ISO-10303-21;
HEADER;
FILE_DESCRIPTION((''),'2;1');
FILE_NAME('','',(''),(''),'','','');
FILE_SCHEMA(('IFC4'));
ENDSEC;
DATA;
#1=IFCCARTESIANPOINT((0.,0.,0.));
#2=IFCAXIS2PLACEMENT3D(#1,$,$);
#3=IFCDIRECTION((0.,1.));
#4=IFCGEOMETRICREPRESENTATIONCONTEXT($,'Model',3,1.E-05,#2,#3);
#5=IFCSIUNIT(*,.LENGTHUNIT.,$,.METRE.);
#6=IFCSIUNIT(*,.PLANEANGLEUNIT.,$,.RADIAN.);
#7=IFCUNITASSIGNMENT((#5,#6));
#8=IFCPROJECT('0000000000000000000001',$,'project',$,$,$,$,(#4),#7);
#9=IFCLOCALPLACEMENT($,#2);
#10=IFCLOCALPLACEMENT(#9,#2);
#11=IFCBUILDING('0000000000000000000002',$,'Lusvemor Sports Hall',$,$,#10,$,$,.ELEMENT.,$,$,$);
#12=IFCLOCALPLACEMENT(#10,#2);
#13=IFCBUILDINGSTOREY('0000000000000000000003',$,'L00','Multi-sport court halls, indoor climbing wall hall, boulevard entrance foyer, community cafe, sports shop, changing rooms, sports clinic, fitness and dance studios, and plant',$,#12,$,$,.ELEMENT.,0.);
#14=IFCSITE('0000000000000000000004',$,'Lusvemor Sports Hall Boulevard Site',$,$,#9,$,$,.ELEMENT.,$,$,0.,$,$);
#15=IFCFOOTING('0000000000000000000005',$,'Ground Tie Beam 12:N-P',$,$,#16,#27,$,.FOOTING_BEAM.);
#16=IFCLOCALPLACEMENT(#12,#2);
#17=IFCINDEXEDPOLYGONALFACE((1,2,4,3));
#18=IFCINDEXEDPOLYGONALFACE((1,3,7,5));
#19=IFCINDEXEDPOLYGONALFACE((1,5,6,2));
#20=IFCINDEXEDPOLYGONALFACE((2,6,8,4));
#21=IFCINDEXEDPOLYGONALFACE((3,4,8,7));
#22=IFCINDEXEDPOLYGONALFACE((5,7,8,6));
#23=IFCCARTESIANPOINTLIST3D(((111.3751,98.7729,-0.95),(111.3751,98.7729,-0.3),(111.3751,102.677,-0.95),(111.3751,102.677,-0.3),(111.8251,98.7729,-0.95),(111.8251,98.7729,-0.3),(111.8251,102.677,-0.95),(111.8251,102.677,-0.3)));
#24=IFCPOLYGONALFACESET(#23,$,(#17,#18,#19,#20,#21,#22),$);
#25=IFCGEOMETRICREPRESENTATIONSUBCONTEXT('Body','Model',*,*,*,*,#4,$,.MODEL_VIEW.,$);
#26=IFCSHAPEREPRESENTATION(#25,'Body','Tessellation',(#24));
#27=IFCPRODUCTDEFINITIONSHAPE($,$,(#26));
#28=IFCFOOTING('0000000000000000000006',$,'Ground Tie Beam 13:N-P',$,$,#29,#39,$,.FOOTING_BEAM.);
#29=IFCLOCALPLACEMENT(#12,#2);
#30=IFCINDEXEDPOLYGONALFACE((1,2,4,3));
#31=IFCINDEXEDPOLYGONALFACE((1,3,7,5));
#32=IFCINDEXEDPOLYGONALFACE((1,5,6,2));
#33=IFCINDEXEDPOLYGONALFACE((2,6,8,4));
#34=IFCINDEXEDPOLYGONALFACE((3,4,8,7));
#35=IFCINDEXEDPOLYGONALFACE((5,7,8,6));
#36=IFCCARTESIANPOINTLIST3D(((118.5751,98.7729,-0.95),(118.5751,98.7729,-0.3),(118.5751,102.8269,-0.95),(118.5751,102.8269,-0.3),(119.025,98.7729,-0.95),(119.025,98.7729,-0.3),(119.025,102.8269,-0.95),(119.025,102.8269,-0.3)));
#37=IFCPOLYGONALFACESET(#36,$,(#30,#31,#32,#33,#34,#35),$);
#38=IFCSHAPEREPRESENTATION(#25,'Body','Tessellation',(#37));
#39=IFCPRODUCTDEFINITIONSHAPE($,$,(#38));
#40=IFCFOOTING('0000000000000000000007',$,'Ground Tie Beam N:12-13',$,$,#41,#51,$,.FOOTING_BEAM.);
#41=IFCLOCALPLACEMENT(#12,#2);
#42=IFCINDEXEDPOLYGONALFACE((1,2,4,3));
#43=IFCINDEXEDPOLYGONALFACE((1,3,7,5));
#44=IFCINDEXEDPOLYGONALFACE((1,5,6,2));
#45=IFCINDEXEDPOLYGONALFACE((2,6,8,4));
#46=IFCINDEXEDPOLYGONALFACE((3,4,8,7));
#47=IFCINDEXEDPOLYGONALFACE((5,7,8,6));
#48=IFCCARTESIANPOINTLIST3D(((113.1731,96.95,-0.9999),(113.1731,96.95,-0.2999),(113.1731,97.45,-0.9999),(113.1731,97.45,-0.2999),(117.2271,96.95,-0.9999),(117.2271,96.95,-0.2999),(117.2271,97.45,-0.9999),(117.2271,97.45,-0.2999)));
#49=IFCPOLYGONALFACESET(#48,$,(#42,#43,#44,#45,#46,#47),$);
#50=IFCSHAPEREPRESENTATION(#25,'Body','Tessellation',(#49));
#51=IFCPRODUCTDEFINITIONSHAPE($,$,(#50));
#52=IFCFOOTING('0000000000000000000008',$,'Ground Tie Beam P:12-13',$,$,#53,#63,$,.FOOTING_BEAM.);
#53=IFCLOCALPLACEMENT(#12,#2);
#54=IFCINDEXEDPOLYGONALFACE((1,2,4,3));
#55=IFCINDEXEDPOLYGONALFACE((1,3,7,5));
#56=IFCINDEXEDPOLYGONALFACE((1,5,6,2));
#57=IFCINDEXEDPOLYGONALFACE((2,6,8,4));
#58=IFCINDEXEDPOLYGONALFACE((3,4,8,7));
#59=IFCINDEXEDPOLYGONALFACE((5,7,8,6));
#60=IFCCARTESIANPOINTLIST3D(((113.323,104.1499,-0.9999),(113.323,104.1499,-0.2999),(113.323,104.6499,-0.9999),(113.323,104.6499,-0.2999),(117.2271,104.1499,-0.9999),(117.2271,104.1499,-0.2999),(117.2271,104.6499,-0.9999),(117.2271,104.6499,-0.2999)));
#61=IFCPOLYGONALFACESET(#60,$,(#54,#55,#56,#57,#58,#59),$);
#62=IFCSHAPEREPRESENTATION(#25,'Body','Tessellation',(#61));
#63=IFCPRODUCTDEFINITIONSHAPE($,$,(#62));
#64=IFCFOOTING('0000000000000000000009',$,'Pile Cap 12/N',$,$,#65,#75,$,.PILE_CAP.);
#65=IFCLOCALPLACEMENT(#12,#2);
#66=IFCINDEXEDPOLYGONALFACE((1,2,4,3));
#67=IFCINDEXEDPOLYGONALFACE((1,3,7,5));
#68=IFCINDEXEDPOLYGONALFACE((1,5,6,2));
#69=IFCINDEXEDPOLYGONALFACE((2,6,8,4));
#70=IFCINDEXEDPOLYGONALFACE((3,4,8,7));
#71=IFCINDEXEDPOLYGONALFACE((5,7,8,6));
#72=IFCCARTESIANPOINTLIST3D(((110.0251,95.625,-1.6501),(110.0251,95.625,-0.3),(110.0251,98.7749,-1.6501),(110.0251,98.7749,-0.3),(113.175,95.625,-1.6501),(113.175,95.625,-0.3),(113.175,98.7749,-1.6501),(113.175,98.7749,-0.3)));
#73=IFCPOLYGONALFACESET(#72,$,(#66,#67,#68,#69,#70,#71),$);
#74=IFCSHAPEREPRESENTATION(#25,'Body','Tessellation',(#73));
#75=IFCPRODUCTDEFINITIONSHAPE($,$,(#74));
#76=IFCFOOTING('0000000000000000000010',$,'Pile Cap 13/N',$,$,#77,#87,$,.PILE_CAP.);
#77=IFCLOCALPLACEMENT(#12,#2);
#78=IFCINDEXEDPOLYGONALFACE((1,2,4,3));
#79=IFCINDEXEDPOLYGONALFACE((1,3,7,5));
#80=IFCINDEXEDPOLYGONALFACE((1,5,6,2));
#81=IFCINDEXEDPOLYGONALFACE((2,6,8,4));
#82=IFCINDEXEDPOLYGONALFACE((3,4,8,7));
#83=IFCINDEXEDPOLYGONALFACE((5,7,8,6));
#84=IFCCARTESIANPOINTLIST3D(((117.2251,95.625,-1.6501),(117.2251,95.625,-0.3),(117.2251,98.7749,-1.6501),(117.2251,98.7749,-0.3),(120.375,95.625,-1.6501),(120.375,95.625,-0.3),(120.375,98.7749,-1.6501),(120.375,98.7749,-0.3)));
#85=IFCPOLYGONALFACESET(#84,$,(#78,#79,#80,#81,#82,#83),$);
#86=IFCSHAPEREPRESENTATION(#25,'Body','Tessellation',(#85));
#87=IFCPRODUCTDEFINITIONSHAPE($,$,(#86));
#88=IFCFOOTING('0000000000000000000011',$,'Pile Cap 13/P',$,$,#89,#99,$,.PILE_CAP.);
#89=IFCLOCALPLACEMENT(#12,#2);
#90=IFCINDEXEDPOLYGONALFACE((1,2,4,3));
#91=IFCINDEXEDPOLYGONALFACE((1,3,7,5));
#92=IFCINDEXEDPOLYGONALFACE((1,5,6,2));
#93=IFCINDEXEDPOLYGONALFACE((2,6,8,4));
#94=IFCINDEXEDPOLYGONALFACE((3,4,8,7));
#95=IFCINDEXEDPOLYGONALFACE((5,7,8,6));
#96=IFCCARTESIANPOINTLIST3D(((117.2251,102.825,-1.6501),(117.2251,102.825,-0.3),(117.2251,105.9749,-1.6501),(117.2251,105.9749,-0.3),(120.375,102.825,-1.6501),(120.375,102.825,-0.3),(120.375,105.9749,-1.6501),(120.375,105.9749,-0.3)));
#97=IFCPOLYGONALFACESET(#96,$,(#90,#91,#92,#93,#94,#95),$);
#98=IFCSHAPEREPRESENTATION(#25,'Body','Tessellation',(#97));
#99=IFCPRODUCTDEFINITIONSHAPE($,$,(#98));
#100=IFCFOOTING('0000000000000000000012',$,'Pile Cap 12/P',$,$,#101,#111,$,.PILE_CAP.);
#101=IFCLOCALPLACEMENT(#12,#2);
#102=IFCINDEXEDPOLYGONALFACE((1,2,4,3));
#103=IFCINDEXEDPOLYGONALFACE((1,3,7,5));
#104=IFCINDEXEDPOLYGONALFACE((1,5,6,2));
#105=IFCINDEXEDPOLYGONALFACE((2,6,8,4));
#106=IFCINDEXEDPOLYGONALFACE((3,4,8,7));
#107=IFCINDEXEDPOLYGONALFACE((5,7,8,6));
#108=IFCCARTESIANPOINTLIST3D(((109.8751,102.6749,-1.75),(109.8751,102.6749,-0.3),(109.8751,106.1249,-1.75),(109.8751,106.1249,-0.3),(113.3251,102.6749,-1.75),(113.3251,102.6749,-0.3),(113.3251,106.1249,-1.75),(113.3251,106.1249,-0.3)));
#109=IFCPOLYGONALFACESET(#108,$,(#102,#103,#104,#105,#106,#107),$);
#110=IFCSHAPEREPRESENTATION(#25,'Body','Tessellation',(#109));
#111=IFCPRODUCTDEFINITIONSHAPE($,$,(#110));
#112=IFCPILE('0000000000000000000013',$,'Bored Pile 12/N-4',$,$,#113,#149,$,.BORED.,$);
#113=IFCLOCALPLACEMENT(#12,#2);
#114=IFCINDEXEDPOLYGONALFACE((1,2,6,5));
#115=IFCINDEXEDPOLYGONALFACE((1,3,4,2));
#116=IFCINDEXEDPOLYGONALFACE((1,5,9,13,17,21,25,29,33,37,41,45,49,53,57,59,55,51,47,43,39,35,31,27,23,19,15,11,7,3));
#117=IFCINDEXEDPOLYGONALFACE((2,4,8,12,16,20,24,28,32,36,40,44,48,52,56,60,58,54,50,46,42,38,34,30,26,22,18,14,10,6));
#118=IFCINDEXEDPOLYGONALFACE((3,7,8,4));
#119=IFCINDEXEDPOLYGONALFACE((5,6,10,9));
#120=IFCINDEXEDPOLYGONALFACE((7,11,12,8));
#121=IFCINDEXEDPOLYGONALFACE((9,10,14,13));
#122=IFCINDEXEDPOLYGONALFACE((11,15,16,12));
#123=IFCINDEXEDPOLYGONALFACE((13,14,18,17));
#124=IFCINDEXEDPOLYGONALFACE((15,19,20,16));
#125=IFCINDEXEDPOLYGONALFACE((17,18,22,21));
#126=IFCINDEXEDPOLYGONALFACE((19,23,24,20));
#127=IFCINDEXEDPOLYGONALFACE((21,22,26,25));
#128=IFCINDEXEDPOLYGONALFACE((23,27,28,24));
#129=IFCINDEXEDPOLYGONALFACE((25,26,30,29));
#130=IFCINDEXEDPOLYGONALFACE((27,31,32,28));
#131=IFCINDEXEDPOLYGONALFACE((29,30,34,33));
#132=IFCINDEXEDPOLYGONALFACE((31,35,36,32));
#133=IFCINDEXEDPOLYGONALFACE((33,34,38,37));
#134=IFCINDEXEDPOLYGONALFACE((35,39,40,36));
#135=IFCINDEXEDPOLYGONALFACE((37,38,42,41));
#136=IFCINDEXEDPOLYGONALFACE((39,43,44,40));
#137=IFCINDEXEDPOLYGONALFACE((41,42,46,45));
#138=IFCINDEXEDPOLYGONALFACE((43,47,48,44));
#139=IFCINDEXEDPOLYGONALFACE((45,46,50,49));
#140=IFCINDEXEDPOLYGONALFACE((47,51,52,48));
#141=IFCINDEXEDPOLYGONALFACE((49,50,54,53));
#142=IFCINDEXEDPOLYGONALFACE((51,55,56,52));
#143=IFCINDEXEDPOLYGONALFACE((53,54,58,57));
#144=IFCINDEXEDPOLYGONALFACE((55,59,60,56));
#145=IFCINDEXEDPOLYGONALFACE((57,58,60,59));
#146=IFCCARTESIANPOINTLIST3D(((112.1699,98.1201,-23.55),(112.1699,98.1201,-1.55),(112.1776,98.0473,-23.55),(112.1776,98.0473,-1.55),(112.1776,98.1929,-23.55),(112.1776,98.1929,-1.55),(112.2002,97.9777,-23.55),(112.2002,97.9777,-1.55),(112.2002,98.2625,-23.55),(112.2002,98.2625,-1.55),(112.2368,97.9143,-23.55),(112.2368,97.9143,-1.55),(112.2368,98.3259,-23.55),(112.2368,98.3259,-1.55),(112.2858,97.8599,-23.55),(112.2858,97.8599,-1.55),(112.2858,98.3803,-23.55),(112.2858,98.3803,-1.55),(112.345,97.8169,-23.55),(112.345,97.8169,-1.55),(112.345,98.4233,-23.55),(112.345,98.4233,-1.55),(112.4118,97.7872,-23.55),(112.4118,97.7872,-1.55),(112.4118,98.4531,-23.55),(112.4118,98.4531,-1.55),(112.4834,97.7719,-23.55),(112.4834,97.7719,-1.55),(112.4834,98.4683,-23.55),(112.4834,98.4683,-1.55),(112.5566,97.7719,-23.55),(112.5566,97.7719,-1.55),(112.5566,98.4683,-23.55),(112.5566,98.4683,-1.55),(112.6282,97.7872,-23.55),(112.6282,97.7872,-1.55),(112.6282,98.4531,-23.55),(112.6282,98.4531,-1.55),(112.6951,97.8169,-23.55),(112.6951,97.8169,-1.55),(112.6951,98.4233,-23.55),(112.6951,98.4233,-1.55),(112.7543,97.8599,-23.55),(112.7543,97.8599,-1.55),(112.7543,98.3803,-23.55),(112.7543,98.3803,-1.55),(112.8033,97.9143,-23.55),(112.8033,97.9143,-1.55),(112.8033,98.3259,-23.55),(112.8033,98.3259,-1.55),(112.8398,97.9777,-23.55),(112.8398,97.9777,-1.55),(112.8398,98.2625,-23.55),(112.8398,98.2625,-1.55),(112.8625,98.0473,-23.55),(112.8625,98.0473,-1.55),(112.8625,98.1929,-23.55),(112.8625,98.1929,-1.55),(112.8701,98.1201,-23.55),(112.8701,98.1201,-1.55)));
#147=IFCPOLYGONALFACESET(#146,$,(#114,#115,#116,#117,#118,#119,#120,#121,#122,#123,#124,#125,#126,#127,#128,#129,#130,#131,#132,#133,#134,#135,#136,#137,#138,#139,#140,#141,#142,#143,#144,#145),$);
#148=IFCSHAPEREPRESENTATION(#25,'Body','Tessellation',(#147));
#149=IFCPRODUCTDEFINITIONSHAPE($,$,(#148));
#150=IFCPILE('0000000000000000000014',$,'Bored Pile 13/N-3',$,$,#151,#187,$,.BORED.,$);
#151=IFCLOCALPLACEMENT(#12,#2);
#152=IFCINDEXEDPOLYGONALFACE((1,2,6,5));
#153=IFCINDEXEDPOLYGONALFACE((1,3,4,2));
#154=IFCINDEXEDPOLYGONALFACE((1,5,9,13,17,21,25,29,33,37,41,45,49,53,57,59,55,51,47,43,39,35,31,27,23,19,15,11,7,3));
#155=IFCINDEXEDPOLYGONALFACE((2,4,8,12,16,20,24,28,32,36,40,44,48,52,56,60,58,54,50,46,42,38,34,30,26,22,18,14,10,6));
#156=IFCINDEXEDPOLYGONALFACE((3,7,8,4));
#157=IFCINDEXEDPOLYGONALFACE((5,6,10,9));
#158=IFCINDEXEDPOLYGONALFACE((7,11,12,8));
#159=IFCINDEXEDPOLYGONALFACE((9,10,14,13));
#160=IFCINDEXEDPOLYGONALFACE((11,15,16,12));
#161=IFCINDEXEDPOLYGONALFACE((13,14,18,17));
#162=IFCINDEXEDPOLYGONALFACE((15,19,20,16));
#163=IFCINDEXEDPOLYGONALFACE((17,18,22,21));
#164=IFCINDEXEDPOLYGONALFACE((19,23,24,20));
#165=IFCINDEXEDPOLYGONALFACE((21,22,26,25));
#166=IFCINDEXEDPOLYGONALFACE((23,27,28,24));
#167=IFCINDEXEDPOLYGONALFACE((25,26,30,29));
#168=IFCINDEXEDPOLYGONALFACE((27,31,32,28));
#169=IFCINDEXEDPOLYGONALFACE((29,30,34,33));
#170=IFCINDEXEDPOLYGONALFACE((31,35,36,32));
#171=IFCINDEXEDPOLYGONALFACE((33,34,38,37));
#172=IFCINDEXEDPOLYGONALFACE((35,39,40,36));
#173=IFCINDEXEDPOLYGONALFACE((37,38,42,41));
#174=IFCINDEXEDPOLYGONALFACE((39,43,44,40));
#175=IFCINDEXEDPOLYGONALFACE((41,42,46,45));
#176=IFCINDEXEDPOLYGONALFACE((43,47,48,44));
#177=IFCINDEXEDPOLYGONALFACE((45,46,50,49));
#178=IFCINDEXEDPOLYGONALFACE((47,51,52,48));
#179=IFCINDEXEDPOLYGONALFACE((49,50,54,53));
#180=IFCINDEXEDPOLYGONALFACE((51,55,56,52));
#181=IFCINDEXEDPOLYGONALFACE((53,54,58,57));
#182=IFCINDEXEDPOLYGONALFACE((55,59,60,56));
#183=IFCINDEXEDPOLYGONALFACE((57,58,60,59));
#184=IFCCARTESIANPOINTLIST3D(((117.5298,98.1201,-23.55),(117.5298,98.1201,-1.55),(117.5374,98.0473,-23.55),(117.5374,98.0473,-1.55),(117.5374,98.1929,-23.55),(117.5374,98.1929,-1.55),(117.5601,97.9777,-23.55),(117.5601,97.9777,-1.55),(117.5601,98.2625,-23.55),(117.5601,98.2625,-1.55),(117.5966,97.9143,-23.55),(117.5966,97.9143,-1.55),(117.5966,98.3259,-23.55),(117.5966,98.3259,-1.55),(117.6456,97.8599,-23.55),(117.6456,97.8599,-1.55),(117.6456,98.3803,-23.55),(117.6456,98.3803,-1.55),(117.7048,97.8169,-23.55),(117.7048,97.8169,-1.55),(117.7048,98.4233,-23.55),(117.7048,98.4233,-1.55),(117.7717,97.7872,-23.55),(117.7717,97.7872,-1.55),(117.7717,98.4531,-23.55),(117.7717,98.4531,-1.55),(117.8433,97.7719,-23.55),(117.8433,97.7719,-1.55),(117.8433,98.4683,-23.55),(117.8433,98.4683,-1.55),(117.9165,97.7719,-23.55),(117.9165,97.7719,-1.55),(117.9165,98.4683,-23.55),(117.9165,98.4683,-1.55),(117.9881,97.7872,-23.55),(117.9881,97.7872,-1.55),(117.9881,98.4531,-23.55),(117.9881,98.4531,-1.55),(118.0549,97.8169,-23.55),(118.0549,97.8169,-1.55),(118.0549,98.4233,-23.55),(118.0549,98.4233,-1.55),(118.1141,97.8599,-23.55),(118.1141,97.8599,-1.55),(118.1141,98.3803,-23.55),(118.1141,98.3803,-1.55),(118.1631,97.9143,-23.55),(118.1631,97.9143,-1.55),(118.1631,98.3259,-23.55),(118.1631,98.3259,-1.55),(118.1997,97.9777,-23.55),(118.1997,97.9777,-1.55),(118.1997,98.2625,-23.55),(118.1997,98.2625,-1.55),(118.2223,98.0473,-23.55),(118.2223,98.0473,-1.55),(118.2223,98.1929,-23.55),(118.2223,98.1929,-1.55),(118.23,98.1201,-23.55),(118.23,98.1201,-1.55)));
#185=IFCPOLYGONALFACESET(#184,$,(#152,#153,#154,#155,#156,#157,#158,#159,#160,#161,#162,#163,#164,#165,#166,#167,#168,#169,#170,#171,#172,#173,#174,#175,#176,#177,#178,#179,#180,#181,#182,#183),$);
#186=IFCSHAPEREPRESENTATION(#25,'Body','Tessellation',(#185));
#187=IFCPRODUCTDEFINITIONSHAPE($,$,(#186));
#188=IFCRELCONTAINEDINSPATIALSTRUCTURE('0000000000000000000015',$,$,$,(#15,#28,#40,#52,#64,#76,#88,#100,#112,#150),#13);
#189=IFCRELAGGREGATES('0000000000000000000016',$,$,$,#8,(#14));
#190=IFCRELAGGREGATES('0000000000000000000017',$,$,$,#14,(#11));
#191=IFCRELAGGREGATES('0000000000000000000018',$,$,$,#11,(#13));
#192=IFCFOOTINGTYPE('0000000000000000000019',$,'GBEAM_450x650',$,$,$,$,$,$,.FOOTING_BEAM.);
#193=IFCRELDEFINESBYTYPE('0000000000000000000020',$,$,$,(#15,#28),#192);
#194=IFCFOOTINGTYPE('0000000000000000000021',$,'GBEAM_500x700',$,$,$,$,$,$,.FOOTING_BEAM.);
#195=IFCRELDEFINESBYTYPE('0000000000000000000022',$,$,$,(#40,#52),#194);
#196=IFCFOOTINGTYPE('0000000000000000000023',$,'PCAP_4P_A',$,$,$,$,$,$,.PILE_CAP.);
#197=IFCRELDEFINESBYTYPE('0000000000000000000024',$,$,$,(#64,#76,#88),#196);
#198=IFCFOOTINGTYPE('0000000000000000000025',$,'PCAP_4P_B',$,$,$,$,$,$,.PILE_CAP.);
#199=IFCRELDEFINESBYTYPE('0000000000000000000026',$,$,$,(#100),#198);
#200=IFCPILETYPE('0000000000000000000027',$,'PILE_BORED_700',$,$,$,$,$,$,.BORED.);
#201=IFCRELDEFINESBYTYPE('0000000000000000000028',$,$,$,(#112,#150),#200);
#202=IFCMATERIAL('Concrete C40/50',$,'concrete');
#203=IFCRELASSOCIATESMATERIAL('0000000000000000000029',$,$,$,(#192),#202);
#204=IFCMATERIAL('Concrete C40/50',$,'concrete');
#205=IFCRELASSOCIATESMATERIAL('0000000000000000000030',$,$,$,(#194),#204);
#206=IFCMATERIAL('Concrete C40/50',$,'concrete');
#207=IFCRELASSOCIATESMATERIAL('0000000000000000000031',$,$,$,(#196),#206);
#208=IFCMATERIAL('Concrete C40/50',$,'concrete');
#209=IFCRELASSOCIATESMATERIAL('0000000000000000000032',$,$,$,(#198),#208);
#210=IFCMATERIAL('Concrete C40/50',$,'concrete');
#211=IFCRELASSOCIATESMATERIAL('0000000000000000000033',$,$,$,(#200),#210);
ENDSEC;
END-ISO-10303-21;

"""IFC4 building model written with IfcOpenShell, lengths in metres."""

from ifc_helpers import new_model, si_unit, direction, frame, origin, origin_2d, place, context, subcontext, project, spatial, rectangle, circle, extrude, material, material_profile, profile_set, type_object, element, save


model = new_model("IFC4")

# Units and contexts
model_context = context("Model", 3, precision=1e-05, world=origin(), true_north=direction((0.0, 1.0)))
body_context = subcontext(model_context, "Body", "Model", "MODEL_VIEW")
ifc_project = project(units=[si_unit("LENGTHUNIT", "METRE"), si_unit("PLANEANGLEUNIT", "RADIAN")], contexts=[model_context])

# Site, building, storey
site_placement = place(None, origin())
site = spatial("IfcSite", under=ifc_project, at=site_placement, Name="Lusvemor Sports Hall Boulevard Site", CompositionType="ELEMENT", RefElevation=0.0)
building_placement = place(site_placement, origin())
building = spatial("IfcBuilding", under=site, at=building_placement, Name="Lusvemor Sports Hall", CompositionType="ELEMENT")
storey_placement = place(building_placement, origin())
storey = spatial("IfcBuildingStorey", under=building, at=storey_placement, Name="L00", Description="Multi-sport court halls, indoor climbing wall hall, boulevard entrance foyer, community cafe, sports shop, changing rooms, sports clinic, fitness and dance studios, and plant", CompositionType="ELEMENT", Elevation=0.0)

# Footings
ifc_material_1 = material(Name="Concrete C40/50", Category="concrete")
ifc_material_profile_1 = material_profile(ifc_material_1, rectangle(XDim=0.45, YDim=0.6499, at=origin_2d()), Name="GB_450x650")
ifc_profile_set_1 = profile_set([ifc_material_profile_1], Name="Concrete C40/50")
footing_type_1 = type_object("IfcFootingType", Name="GBEAM_450x650", PredefinedType="FOOTING_BEAM", material=ifc_profile_set_1)
footing_1_placement = place(storey_placement, frame((111.6001, 98.7729, -0.625), z_axis=(0.0, 1.0, 0.0), x_axis=(-1.0, 0.0, 0.0)))
element("IfcFooting", 1, at=footing_1_placement, inside=storey, type_object=footing_type_1, Name="Ground Tie Beam 12:N-P", PredefinedType="FOOTING_BEAM", context=body_context, shape_type="SweptSolid", body=[
    extrude(rectangle(XDim=0.45, YDim=0.6499, at=origin_2d()), origin(), (0.0, 0.0, 1.0), 3.9041),
])
footing_2_placement = place(storey_placement, frame((118.8, 98.7729, -0.625), z_axis=(0.0, 1.0, 0.0), x_axis=(-1.0, 0.0, 0.0)))
element("IfcFooting", 2, at=footing_2_placement, inside=storey, type_object=footing_type_1, Name="Ground Tie Beam 13:N-P", PredefinedType="FOOTING_BEAM", context=body_context, shape_type="SweptSolid", body=[
    extrude(rectangle(XDim=0.45, YDim=0.6499, at=origin_2d()), origin(), (0.0, 0.0, 1.0), 4.054),
])
ifc_material_2 = material(Name="Concrete C40/50", Category="concrete")
ifc_material_profile_2 = material_profile(ifc_material_2, rectangle(XDim=0.5, YDim=0.7, at=origin_2d()), Name="GB_500x700")
ifc_profile_set_2 = profile_set([ifc_material_profile_2], Name="Concrete C40/50")
footing_type_2 = type_object("IfcFootingType", Name="GBEAM_500x700", PredefinedType="FOOTING_BEAM", material=ifc_profile_set_2)
footing_3_placement = place(storey_placement, frame((113.1731, 97.2, -0.6499), z_axis=(1.0, 0.0, 0.0), x_axis=(0.0, 1.0, 0.0)))
element("IfcFooting", 3, at=footing_3_placement, inside=storey, type_object=footing_type_2, Name="Ground Tie Beam N:12-13", PredefinedType="FOOTING_BEAM", context=body_context, shape_type="SweptSolid", body=[
    extrude(rectangle(XDim=0.5, YDim=0.7, at=origin_2d()), origin(), (0.0, 0.0, 1.0), 4.054),
])
footing_4_placement = place(storey_placement, frame((113.323, 104.3999, -0.6499), z_axis=(1.0, 0.0, 0.0), x_axis=(0.0, 1.0, 0.0)))
element("IfcFooting", 4, at=footing_4_placement, inside=storey, type_object=footing_type_2, Name="Ground Tie Beam P:12-13", PredefinedType="FOOTING_BEAM", context=body_context, shape_type="SweptSolid", body=[
    extrude(rectangle(XDim=0.5, YDim=0.7, at=origin_2d()), origin(), (0.0, 0.0, 1.0), 3.9041),
])
ifc_material_3 = material(Name="Concrete C40/50", Category="concrete")
footing_type_3 = type_object("IfcFootingType", Name="PCAP_4P_A", PredefinedType="PILE_CAP", material=ifc_material_3)
for number, where, z_axis, x_axis, name in (
    (5, (111.6001, 97.2, -1.6501), (0.0, 0.0, 1.0), (1.0, 0.0, 0.0), "Pile Cap 12/N"),
    (6, (118.8, 97.2, -1.6501), (0.0, 0.0, 1.0), (1.0, 0.0, 0.0), "Pile Cap 13/N"),
    (7, (118.8, 104.3999, -1.6501), (0.0, 0.0, 1.0), (1.0, 0.0, 0.0), "Pile Cap 13/P"),
):
    element("IfcFooting", number, at=place(storey_placement, frame(where, z_axis=z_axis, x_axis=x_axis)), inside=storey, type_object=footing_type_3, Name=name, PredefinedType="PILE_CAP", context=body_context, shape_type="SweptSolid", body=[
        extrude(rectangle(XDim=3.1499, YDim=3.1499, at=origin_2d()), origin(), (0.0, 0.0, 1.0), 1.3501),
    ])
ifc_material_4 = material(Name="Concrete C40/50", Category="concrete")
footing_type_4 = type_object("IfcFootingType", Name="PCAP_4P_B", PredefinedType="PILE_CAP", material=ifc_material_4)
footing_5_placement = place(storey_placement, frame((111.6001, 104.3999, -1.75), z_axis=(0.0, 0.0, 1.0), x_axis=(1.0, 0.0, 0.0)))
element("IfcFooting", 8, at=footing_5_placement, inside=storey, type_object=footing_type_4, Name="Pile Cap 12/P", PredefinedType="PILE_CAP", context=body_context, shape_type="SweptSolid", body=[
    extrude(rectangle(XDim=3.45, YDim=3.45, at=origin_2d()), origin(), (0.0, 0.0, 1.0), 1.45),
])

# Piles
ifc_material_5 = material(Name="Concrete C40/50", Category="concrete")
ifc_material_profile_3 = material_profile(ifc_material_5, circle(Radius=0.3501, at=origin_2d()), Name="PILE700")
ifc_profile_set_3 = profile_set([ifc_material_profile_3], Name="Concrete C40/50")
pile_type_1 = type_object("IfcPileType", Name="PILE_BORED_700", PredefinedType="BORED", material=ifc_profile_set_3)
for number, where, z_axis, x_axis, name in (
    (9, (112.52, 98.1201, -1.55), (0.0, 0.0, -1.0), (1.0, 0.0, 0.0), "Bored Pile 12/N-4"),
    (10, (117.8799, 98.1201, -1.55), (0.0, 0.0, -1.0), (1.0, 0.0, 0.0), "Bored Pile 13/N-3"),
):
    element("IfcPile", number, at=place(storey_placement, frame(where, z_axis=z_axis, x_axis=x_axis)), inside=storey, type_object=pile_type_1, Name=name, PredefinedType="BORED", context=body_context, shape_type="SweptSolid", body=[
        extrude(circle(Radius=0.3501, at=origin_2d()), origin(), (0.0, 0.0, 1.0), 22.0),
    ])

save(model, "model.ifc")
